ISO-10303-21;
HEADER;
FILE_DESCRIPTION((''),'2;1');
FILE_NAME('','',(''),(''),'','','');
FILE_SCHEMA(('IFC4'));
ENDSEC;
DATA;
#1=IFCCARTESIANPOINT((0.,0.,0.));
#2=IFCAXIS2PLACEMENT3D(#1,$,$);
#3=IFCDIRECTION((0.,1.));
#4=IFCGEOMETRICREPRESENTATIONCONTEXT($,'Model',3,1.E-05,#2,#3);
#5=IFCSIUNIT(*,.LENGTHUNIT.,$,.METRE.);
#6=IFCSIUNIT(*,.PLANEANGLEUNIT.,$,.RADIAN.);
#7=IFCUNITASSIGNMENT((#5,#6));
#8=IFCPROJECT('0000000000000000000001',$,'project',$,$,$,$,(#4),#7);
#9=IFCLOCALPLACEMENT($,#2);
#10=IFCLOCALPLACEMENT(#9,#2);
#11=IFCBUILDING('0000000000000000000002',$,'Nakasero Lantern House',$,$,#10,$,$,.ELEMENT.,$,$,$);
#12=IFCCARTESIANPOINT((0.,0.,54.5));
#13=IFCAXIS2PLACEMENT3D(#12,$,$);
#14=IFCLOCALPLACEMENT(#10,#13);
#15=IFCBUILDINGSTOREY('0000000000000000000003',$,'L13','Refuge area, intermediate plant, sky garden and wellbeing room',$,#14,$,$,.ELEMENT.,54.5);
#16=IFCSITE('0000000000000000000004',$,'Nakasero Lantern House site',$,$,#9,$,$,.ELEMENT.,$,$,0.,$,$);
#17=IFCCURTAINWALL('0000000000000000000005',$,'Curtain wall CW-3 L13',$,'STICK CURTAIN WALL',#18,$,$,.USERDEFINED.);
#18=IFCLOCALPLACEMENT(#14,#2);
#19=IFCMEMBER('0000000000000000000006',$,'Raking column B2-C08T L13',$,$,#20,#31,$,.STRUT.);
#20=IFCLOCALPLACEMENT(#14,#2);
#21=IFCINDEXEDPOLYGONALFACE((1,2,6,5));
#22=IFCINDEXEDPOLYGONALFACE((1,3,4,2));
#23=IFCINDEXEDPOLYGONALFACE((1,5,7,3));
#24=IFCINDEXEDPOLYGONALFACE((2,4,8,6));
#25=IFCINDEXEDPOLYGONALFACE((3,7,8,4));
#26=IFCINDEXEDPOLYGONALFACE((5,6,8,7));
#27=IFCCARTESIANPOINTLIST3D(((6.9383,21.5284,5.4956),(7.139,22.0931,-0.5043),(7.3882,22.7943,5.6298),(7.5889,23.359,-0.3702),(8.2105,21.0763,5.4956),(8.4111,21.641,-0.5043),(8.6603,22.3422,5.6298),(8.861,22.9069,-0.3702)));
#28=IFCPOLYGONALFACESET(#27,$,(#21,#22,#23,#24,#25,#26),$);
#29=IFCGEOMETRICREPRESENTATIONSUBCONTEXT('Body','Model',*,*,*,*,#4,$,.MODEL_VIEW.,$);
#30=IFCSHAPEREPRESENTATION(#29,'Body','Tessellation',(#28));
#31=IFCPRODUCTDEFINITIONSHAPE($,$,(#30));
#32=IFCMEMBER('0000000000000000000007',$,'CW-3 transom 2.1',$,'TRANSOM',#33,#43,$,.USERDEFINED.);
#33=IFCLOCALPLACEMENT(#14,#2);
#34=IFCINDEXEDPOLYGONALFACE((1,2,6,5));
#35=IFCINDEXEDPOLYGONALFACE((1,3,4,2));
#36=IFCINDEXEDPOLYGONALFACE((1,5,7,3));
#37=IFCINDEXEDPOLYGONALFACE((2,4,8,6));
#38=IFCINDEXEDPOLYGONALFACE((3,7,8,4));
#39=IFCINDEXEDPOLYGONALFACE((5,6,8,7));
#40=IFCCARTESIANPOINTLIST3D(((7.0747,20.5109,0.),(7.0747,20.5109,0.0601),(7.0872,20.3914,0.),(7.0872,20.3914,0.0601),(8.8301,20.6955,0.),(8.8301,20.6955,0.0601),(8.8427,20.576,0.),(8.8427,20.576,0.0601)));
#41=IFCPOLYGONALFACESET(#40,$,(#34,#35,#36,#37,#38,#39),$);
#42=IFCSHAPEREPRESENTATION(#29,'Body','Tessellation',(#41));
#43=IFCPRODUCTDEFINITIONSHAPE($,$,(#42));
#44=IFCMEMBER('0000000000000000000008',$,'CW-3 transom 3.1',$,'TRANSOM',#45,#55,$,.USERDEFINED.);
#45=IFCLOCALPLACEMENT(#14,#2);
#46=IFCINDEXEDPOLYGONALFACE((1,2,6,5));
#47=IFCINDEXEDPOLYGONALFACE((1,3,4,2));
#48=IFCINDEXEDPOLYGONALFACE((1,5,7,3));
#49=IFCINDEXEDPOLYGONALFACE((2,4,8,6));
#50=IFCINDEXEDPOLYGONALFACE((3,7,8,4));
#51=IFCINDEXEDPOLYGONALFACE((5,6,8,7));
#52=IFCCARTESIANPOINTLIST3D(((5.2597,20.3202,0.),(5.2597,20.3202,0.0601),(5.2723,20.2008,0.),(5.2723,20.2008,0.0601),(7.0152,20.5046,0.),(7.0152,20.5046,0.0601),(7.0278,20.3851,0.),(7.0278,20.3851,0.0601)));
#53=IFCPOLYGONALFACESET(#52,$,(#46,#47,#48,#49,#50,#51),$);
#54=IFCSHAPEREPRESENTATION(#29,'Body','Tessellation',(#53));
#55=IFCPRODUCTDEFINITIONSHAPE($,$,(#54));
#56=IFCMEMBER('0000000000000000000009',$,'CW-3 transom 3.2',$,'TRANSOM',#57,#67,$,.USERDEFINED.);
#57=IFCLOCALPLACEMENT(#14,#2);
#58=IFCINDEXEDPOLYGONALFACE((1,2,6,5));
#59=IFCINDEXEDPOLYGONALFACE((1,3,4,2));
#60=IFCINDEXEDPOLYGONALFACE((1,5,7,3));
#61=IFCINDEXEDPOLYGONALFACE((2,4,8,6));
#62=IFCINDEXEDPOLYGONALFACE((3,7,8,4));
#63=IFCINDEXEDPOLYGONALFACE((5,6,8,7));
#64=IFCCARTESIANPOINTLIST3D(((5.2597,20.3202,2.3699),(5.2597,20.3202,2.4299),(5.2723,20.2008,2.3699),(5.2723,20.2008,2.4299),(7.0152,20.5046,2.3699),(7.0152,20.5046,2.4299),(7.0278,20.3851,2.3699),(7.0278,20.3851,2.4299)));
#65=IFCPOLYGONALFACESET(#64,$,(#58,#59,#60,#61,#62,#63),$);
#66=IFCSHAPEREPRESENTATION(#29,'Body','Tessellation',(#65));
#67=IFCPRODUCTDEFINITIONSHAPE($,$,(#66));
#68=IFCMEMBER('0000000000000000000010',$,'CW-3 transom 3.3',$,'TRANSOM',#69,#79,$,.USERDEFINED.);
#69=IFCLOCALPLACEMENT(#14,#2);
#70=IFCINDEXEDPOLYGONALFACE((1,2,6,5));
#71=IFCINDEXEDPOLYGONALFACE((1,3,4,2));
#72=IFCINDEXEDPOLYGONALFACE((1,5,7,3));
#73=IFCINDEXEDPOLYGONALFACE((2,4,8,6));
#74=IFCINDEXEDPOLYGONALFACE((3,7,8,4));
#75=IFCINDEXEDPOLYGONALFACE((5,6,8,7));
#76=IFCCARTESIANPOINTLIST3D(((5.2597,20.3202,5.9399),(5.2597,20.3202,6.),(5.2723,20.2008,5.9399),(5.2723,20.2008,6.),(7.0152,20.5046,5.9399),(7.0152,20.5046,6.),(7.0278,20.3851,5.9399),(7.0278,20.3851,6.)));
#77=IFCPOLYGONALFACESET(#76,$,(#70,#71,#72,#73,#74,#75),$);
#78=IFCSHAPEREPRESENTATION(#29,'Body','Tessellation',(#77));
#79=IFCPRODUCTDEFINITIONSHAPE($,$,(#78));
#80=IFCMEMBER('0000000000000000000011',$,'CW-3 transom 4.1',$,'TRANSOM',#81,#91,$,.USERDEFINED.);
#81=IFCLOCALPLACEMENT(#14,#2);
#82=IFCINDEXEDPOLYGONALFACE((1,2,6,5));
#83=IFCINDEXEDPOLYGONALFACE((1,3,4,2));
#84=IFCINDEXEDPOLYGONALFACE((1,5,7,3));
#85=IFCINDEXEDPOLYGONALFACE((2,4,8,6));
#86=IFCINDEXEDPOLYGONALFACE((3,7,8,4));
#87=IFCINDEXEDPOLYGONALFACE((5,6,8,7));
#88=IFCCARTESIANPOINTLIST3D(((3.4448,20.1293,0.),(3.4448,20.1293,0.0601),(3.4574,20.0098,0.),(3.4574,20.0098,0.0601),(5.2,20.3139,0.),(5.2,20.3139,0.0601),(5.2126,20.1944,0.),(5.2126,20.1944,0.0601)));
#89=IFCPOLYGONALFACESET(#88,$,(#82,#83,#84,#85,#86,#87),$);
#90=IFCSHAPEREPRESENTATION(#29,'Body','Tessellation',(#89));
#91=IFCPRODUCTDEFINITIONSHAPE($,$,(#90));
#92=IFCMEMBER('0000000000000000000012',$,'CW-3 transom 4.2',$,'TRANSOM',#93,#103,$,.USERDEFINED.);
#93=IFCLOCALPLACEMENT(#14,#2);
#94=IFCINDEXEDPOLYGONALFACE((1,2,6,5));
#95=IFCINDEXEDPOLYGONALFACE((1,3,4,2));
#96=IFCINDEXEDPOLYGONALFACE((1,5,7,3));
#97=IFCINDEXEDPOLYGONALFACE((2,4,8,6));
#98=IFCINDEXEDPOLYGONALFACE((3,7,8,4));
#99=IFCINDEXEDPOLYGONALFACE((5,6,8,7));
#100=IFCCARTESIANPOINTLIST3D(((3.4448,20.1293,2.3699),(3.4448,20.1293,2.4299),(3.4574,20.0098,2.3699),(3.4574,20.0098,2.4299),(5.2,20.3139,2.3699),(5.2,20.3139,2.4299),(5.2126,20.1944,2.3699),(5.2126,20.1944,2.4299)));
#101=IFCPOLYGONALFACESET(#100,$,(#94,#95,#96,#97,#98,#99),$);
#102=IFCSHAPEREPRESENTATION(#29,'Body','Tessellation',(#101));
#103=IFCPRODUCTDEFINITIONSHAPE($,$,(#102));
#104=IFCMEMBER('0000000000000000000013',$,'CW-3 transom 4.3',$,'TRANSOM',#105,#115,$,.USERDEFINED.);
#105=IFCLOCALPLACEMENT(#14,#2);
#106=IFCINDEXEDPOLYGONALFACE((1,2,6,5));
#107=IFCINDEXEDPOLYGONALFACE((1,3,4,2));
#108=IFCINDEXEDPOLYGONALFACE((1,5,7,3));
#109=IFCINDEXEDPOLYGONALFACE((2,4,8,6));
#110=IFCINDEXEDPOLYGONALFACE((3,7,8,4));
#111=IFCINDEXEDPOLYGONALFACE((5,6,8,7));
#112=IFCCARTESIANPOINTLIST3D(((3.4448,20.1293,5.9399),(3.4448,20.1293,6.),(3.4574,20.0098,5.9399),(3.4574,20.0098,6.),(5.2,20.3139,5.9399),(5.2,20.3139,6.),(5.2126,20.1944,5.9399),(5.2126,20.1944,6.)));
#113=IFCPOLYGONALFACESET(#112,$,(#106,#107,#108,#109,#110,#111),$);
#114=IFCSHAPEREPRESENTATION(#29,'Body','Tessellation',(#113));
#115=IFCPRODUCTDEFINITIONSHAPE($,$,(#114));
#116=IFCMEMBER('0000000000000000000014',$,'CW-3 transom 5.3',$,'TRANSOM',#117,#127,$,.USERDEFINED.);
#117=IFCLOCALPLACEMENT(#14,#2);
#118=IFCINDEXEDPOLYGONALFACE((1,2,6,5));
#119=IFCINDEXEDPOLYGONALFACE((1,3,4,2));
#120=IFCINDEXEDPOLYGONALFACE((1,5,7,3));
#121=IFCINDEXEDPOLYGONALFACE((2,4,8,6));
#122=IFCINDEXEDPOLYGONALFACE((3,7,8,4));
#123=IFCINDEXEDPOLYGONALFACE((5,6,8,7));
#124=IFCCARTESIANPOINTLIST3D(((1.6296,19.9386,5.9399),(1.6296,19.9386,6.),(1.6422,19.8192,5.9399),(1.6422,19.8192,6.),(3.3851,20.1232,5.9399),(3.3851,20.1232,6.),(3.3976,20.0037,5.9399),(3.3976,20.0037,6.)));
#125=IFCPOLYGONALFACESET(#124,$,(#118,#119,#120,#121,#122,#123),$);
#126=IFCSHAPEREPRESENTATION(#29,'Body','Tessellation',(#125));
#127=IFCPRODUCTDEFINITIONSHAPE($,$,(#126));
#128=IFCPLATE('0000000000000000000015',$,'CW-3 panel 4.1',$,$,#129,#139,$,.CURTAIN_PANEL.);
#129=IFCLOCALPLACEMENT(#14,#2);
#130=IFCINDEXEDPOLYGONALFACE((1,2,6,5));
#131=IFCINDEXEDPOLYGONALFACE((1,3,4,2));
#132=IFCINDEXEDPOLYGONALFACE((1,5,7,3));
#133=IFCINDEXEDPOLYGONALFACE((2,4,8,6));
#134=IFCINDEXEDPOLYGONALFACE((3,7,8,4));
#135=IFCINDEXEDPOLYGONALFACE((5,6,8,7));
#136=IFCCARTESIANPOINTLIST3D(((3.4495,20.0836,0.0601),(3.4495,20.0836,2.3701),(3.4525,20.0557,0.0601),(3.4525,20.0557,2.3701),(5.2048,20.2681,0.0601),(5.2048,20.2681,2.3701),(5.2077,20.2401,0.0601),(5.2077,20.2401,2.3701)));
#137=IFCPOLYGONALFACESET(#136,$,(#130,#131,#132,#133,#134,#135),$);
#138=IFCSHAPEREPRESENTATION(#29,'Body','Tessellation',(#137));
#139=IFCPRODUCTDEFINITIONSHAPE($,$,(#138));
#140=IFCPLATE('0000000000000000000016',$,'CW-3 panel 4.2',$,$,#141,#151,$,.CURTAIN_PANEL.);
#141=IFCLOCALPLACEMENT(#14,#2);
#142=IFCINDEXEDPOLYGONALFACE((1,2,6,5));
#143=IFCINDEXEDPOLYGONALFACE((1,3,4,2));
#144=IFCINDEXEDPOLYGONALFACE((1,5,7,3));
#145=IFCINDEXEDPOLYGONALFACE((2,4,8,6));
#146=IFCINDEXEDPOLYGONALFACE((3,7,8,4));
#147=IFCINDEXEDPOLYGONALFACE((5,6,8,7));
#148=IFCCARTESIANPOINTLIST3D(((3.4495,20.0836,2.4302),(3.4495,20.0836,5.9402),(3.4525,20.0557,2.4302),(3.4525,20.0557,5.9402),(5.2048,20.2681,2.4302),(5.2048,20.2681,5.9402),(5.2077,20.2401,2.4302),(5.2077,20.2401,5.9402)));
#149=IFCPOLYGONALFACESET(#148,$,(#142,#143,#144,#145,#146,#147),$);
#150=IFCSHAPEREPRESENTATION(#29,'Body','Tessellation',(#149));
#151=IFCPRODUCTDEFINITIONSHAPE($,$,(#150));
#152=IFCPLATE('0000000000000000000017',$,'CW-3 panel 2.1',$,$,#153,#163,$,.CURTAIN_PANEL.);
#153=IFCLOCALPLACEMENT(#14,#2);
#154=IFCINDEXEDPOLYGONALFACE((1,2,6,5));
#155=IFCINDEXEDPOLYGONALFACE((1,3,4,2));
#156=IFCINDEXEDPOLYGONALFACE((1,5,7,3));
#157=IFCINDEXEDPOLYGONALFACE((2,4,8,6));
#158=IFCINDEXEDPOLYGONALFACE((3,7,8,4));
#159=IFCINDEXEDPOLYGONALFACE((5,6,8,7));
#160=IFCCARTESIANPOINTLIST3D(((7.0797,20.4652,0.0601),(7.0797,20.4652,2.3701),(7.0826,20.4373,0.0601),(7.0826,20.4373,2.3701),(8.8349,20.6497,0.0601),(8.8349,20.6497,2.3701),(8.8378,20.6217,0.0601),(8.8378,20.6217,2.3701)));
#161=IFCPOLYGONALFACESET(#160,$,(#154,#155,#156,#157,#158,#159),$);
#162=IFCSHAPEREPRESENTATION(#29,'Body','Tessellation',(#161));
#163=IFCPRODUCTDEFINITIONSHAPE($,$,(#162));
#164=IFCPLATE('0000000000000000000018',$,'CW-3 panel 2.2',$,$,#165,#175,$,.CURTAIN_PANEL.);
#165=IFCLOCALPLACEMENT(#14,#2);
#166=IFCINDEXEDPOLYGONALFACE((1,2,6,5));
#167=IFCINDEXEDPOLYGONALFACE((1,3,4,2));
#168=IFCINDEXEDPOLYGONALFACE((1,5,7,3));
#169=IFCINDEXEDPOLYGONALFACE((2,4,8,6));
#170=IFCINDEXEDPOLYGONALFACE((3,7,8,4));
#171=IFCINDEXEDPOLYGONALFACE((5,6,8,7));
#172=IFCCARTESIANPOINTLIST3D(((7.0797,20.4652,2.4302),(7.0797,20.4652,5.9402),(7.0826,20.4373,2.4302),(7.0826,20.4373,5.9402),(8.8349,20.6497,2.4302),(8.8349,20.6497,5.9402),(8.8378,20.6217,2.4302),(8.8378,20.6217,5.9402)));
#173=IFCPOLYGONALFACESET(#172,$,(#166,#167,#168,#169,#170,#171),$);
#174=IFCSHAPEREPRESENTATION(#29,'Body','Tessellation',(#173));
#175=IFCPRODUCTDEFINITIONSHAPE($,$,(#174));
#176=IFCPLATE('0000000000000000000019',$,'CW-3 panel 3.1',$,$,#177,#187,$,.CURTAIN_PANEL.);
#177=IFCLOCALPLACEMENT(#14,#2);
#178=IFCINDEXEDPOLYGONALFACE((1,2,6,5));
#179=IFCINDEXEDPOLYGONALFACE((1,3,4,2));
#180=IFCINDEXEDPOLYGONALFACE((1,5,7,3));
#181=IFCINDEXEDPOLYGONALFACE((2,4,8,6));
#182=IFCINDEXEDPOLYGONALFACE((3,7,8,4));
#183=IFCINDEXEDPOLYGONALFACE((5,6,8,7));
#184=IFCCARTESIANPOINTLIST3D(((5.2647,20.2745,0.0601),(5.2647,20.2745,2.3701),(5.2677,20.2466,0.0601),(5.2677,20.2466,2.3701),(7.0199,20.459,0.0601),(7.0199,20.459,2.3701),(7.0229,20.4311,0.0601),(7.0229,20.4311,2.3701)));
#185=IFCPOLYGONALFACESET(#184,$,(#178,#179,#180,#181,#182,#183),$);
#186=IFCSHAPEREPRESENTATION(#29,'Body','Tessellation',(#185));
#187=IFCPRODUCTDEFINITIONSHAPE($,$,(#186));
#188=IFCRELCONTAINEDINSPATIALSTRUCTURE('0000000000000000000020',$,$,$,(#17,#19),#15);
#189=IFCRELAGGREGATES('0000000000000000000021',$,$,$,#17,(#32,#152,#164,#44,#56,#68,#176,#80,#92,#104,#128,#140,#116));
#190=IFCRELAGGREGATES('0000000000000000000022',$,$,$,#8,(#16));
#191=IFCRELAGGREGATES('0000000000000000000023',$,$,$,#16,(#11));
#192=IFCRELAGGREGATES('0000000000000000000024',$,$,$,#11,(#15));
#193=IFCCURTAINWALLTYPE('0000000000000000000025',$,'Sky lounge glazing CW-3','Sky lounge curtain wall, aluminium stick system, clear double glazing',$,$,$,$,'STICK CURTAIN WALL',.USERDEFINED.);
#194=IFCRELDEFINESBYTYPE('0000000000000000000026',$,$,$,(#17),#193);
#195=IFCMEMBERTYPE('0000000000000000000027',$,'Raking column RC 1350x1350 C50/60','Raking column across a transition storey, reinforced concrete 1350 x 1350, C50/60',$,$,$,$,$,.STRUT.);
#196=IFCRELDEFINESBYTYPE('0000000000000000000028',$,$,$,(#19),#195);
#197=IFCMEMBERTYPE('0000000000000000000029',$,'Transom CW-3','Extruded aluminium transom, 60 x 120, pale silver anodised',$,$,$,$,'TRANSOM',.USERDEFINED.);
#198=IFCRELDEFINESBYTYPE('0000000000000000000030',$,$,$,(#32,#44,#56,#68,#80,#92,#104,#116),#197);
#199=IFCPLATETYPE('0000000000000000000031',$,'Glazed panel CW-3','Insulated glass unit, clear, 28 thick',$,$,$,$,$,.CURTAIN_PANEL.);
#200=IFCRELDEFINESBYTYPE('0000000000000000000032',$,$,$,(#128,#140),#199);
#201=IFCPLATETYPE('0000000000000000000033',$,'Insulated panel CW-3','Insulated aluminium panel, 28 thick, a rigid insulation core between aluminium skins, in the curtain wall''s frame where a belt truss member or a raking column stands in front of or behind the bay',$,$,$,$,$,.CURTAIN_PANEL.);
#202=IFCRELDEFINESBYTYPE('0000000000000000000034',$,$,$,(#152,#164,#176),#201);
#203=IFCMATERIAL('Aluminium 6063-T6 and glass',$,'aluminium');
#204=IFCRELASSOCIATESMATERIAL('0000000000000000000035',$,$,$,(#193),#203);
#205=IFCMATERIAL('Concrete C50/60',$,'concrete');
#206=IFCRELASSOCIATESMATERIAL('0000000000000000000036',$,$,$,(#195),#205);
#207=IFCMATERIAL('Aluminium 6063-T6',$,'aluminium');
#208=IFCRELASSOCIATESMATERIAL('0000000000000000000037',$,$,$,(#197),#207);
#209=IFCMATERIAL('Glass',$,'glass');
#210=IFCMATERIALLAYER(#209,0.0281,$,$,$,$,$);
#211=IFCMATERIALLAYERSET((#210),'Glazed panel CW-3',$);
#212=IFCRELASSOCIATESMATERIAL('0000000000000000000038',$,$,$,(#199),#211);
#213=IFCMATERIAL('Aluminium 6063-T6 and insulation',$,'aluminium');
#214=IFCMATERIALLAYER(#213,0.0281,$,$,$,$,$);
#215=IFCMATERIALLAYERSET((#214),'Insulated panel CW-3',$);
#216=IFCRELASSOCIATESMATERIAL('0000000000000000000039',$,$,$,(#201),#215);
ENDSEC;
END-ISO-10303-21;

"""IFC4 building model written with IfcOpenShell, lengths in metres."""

from ifc_helpers import new_model, si_unit, direction, frame, origin, origin_2d, place, context, subcontext, project, spatial, rectangle, extrude, material, layer, layer_set, material_profile, profile_set, type_object, element, aggregate, save


model = new_model("IFC4")

# Units and contexts
model_context = context("Model", 3, precision=1e-05, world=origin(), true_north=direction((0.0, 1.0)))
body_context = subcontext(model_context, "Body", "Model", "MODEL_VIEW")
ifc_project = project(units=[si_unit("LENGTHUNIT", "METRE"), si_unit("PLANEANGLEUNIT", "RADIAN")], contexts=[model_context])

# Site, building, storey
site_placement = place(None, origin())
site = spatial("IfcSite", under=ifc_project, at=site_placement, Name="Nakasero Lantern House site", CompositionType="ELEMENT", RefElevation=0.0)
building_placement = place(site_placement, origin())
building = spatial("IfcBuilding", under=site, at=building_placement, Name="Nakasero Lantern House", CompositionType="ELEMENT")
storey_placement = place(building_placement, frame((0.0, 0.0, 54.5)))
storey = spatial("IfcBuildingStorey", under=building, at=storey_placement, Name="L13", Description="Refuge area, intermediate plant, sky garden and wellbeing room", CompositionType="ELEMENT", Elevation=54.5)

# Curtain wall
ifc_material_1 = material(Name="Aluminium 6063-T6 and glass", Category="aluminium")
curtain_wall_type = type_object("IfcCurtainWallType", Name="Sky lounge glazing CW-3", Description="Sky lounge curtain wall, aluminium stick system, clear double glazing", ElementType="STICK CURTAIN WALL", PredefinedType="USERDEFINED", material=ifc_material_1)
curtain_wall_placement = place(storey_placement, origin())
curtain_wall = element("IfcCurtainWall", 1, at=curtain_wall_placement, inside=storey, type_object=curtain_wall_type, Name="Curtain wall CW-3 L13", ObjectType="STICK CURTAIN WALL", PredefinedType="USERDEFINED")

# Members
ifc_material_2 = material(Name="Concrete C50/60", Category="concrete")
ifc_material_profile_1 = material_profile(ifc_material_2, rectangle(XDim=1.3501, YDim=1.3501, at=origin_2d()), Name="RC 1350x1350")
ifc_profile_set_1 = profile_set([ifc_material_profile_1], Name="Concrete C50/60")
member_type_1 = type_object("IfcMemberType", Name="Raking column RC 1350x1350 C50/60", Description="Raking column across a transition storey, reinforced concrete 1350 x 1350, C50/60", PredefinedType="STRUT", material=ifc_profile_set_1)
member_1_placement = place(storey_placement, frame((8.0, 22.5, -0.4373), z_axis=(-0.033282, -0.09365, 0.995049), x_axis=(0.942266, -0.334865, 0.0)))
element("IfcMember", 2, at=member_1_placement, inside=storey, type_object=member_type_1, Name="Raking column B2-C08T L13", PredefinedType="STRUT", context=body_context, shape_type="SweptSolid", body=[
    extrude(rectangle(XDim=1.3501, YDim=1.3501, at=origin_2d()), origin(), (0.0, 0.0, 1.0), 6.0298),
])
ifc_material_3 = material(Name="Aluminium 6063-T6", Category="aluminium")
ifc_material_profile_2 = material_profile(ifc_material_3, rectangle(XDim=0.0601, YDim=0.1201, at=origin_2d()), Name="CW-3 transom 60x120")
ifc_profile_set_2 = profile_set([ifc_material_profile_2], Name="Aluminium 6063-T6")
member_type_2 = type_object("IfcMemberType", Name="Transom CW-3", Description="Extruded aluminium transom, 60 x 120, pale silver anodised", ElementType="TRANSOM", PredefinedType="USERDEFINED", material=ifc_profile_set_2)
member_2_placement = place(storey_placement, frame((8.8364, 20.6357, 0.03), z_axis=(-0.994518, -0.10457, 0.0), x_axis=(0.0, 0.0, 1.0)))
member_2 = element("IfcMember", 3, at=member_2_placement, type_object=member_type_2, Name="CW-3 transom 2.1", ObjectType="TRANSOM", PredefinedType="USERDEFINED", context=body_context, shape_type="SweptSolid", body=[
    extrude(rectangle(XDim=0.0601, YDim=0.1201, at=origin_2d()), origin(), (0.0, 0.0, 1.0), 1.7651),
])
member_3_placement = place(storey_placement, frame((7.0215, 20.4448, 0.03), z_axis=(-0.994532, -0.104433, 0.0), x_axis=(0.0, 0.0, 1.0)))
member_3 = element("IfcMember", 4, at=member_3_placement, type_object=member_type_2, Name="CW-3 transom 3.1", ObjectType="TRANSOM", PredefinedType="USERDEFINED", context=body_context, shape_type="SweptSolid", body=[
    extrude(rectangle(XDim=0.0601, YDim=0.1201, at=origin_2d()), origin(), (0.0, 0.0, 1.0), 1.7651),
])
member_4_placement = place(storey_placement, frame((7.0215, 20.4448, 2.3999), z_axis=(-0.994532, -0.104433, 0.0), x_axis=(0.0, 0.0, 1.0)))
member_4 = element("IfcMember", 5, at=member_4_placement, type_object=member_type_2, Name="CW-3 transom 3.2", ObjectType="TRANSOM", PredefinedType="USERDEFINED", context=body_context, shape_type="SweptSolid", body=[
    extrude(rectangle(XDim=0.0601, YDim=0.1201, at=origin_2d()), origin(), (0.0, 0.0, 1.0), 1.7651),
])
member_5_placement = place(storey_placement, frame((7.0215, 20.4448, 5.97), z_axis=(-0.994532, -0.104433, 0.0), x_axis=(0.0, 0.0, 1.0)))
member_5 = element("IfcMember", 6, at=member_5_placement, type_object=member_type_2, Name="CW-3 transom 3.3", ObjectType="TRANSOM", PredefinedType="USERDEFINED", context=body_context, shape_type="SweptSolid", body=[
    extrude(rectangle(XDim=0.0601, YDim=0.1201, at=origin_2d()), origin(), (0.0, 0.0, 1.0), 1.7651),
])
member_6_placement = place(storey_placement, frame((5.2063, 20.2542, 0.03), z_axis=(-0.994516, -0.104584, 0.0), x_axis=(0.0, 0.0, 1.0)))
member_6 = element("IfcMember", 7, at=member_6_placement, type_object=member_type_2, Name="CW-3 transom 4.1", ObjectType="TRANSOM", PredefinedType="USERDEFINED", context=body_context, shape_type="SweptSolid", body=[
    extrude(rectangle(XDim=0.0601, YDim=0.1201, at=origin_2d()), origin(), (0.0, 0.0, 1.0), 1.7649),
])
member_7_placement = place(storey_placement, frame((5.2063, 20.2542, 2.3999), z_axis=(-0.994516, -0.104584, 0.0), x_axis=(0.0, 0.0, 1.0)))
member_7 = element("IfcMember", 8, at=member_7_placement, type_object=member_type_2, Name="CW-3 transom 4.2", ObjectType="TRANSOM", PredefinedType="USERDEFINED", context=body_context, shape_type="SweptSolid", body=[
    extrude(rectangle(XDim=0.0601, YDim=0.1201, at=origin_2d()), origin(), (0.0, 0.0, 1.0), 1.7649),
])
member_8_placement = place(storey_placement, frame((5.2063, 20.2542, 5.97), z_axis=(-0.994516, -0.104584, 0.0), x_axis=(0.0, 0.0, 1.0)))
member_8 = element("IfcMember", 9, at=member_8_placement, type_object=member_type_2, Name="CW-3 transom 4.3", ObjectType="TRANSOM", PredefinedType="USERDEFINED", context=body_context, shape_type="SweptSolid", body=[
    extrude(rectangle(XDim=0.0601, YDim=0.1201, at=origin_2d()), origin(), (0.0, 0.0, 1.0), 1.7649),
])
member_9_placement = place(storey_placement, frame((3.3914, 20.0635, 5.97), z_axis=(-0.994518, -0.10457, 0.0), x_axis=(0.0, 0.0, 1.0)))
member_9 = element("IfcMember", 10, at=member_9_placement, type_object=member_type_2, Name="CW-3 transom 5.3", ObjectType="TRANSOM", PredefinedType="USERDEFINED", context=body_context, shape_type="SweptSolid", body=[
    extrude(rectangle(XDim=0.0601, YDim=0.1201, at=origin_2d()), origin(), (0.0, 0.0, 1.0), 1.7651),
])

# Plates
ifc_material_4 = material(Name="Glass", Category="glass")
ifc_layer_1 = layer(ifc_material_4, 0.0281)
ifc_layer_set_1 = layer_set([ifc_layer_1], Name="Glazed panel CW-3")
plate_type_1 = type_object("IfcPlateType", Name="Glazed panel CW-3", Description="Insulated glass unit, clear, 28 thick", PredefinedType="CURTAIN_PANEL", material=ifc_layer_set_1)
plate_1_placement = place(storey_placement, frame((4.3286, 20.1619, 0.0601), z_axis=(0.0, 0.0, 1.0), x_axis=(-0.994522, -0.104528, 0.0)))
plate_1 = element("IfcPlate", 11, at=plate_1_placement, type_object=plate_type_1, Name="CW-3 panel 4.1", PredefinedType="CURTAIN_PANEL", context=body_context, shape_type="SweptSolid", body=[
    extrude(rectangle(XDim=1.7649, YDim=0.0281, at=origin_2d()), origin(), (0.0, 0.0, 1.0), 2.3101),
])
plate_2_placement = place(storey_placement, frame((4.3286, 20.1619, 2.4302), z_axis=(0.0, 0.0, 1.0), x_axis=(-0.994522, -0.104528, 0.0)))
plate_2 = element("IfcPlate", 12, at=plate_2_placement, type_object=plate_type_1, Name="CW-3 panel 4.2", PredefinedType="CURTAIN_PANEL", context=body_context, shape_type="SweptSolid", body=[
    extrude(rectangle(XDim=1.7649, YDim=0.0281, at=origin_2d()), origin(), (0.0, 0.0, 1.0), 3.51),
])
ifc_material_5 = material(Name="Aluminium 6063-T6 and insulation", Category="aluminium")
ifc_layer_2 = layer(ifc_material_5, 0.0281)
ifc_layer_set_2 = layer_set([ifc_layer_2], Name="Insulated panel CW-3")
plate_type_2 = type_object("IfcPlateType", Name="Insulated panel CW-3", Description="Insulated aluminium panel, 28 thick, a rigid insulation core between aluminium skins, in the curtain wall's frame where a belt truss member or a raking column stands in front of or behind the bay", PredefinedType="CURTAIN_PANEL", material=ifc_layer_set_2)
plate_3_placement = place(storey_placement, frame((7.9587, 20.5435, 0.0601), z_axis=(0.0, 0.0, 1.0), x_axis=(-0.994522, -0.104528, 0.0)))
plate_3 = element("IfcPlate", 13, at=plate_3_placement, type_object=plate_type_2, Name="CW-3 panel 2.1", PredefinedType="CURTAIN_PANEL", context=body_context, shape_type="SweptSolid", body=[
    extrude(rectangle(XDim=1.7649, YDim=0.0281, at=origin_2d()), origin(), (0.0, 0.0, 1.0), 2.3101),
])
plate_4_placement = place(storey_placement, frame((7.9587, 20.5435, 2.4302), z_axis=(0.0, 0.0, 1.0), x_axis=(-0.994522, -0.104528, 0.0)))
plate_4 = element("IfcPlate", 14, at=plate_4_placement, type_object=plate_type_2, Name="CW-3 panel 2.2", PredefinedType="CURTAIN_PANEL", context=body_context, shape_type="SweptSolid", body=[
    extrude(rectangle(XDim=1.7649, YDim=0.0281, at=origin_2d()), origin(), (0.0, 0.0, 1.0), 3.51),
])
plate_5_placement = place(storey_placement, frame((6.1438, 20.3528, 0.0601), z_axis=(0.0, 0.0, 1.0), x_axis=(-0.994522, -0.104528, 0.0)))
plate_5 = element("IfcPlate", 15, at=plate_5_placement, type_object=plate_type_2, Name="CW-3 panel 3.1", PredefinedType="CURTAIN_PANEL", context=body_context, shape_type="SweptSolid", body=[
    extrude(rectangle(XDim=1.7649, YDim=0.0281, at=origin_2d()), origin(), (0.0, 0.0, 1.0), 2.3101),
])
aggregate(curtain_wall, [member_2, plate_3, plate_4, member_3, member_4, member_5, plate_5, member_6, member_7, member_8, plate_1, plate_2, member_9])

save(model, "model.ifc")
